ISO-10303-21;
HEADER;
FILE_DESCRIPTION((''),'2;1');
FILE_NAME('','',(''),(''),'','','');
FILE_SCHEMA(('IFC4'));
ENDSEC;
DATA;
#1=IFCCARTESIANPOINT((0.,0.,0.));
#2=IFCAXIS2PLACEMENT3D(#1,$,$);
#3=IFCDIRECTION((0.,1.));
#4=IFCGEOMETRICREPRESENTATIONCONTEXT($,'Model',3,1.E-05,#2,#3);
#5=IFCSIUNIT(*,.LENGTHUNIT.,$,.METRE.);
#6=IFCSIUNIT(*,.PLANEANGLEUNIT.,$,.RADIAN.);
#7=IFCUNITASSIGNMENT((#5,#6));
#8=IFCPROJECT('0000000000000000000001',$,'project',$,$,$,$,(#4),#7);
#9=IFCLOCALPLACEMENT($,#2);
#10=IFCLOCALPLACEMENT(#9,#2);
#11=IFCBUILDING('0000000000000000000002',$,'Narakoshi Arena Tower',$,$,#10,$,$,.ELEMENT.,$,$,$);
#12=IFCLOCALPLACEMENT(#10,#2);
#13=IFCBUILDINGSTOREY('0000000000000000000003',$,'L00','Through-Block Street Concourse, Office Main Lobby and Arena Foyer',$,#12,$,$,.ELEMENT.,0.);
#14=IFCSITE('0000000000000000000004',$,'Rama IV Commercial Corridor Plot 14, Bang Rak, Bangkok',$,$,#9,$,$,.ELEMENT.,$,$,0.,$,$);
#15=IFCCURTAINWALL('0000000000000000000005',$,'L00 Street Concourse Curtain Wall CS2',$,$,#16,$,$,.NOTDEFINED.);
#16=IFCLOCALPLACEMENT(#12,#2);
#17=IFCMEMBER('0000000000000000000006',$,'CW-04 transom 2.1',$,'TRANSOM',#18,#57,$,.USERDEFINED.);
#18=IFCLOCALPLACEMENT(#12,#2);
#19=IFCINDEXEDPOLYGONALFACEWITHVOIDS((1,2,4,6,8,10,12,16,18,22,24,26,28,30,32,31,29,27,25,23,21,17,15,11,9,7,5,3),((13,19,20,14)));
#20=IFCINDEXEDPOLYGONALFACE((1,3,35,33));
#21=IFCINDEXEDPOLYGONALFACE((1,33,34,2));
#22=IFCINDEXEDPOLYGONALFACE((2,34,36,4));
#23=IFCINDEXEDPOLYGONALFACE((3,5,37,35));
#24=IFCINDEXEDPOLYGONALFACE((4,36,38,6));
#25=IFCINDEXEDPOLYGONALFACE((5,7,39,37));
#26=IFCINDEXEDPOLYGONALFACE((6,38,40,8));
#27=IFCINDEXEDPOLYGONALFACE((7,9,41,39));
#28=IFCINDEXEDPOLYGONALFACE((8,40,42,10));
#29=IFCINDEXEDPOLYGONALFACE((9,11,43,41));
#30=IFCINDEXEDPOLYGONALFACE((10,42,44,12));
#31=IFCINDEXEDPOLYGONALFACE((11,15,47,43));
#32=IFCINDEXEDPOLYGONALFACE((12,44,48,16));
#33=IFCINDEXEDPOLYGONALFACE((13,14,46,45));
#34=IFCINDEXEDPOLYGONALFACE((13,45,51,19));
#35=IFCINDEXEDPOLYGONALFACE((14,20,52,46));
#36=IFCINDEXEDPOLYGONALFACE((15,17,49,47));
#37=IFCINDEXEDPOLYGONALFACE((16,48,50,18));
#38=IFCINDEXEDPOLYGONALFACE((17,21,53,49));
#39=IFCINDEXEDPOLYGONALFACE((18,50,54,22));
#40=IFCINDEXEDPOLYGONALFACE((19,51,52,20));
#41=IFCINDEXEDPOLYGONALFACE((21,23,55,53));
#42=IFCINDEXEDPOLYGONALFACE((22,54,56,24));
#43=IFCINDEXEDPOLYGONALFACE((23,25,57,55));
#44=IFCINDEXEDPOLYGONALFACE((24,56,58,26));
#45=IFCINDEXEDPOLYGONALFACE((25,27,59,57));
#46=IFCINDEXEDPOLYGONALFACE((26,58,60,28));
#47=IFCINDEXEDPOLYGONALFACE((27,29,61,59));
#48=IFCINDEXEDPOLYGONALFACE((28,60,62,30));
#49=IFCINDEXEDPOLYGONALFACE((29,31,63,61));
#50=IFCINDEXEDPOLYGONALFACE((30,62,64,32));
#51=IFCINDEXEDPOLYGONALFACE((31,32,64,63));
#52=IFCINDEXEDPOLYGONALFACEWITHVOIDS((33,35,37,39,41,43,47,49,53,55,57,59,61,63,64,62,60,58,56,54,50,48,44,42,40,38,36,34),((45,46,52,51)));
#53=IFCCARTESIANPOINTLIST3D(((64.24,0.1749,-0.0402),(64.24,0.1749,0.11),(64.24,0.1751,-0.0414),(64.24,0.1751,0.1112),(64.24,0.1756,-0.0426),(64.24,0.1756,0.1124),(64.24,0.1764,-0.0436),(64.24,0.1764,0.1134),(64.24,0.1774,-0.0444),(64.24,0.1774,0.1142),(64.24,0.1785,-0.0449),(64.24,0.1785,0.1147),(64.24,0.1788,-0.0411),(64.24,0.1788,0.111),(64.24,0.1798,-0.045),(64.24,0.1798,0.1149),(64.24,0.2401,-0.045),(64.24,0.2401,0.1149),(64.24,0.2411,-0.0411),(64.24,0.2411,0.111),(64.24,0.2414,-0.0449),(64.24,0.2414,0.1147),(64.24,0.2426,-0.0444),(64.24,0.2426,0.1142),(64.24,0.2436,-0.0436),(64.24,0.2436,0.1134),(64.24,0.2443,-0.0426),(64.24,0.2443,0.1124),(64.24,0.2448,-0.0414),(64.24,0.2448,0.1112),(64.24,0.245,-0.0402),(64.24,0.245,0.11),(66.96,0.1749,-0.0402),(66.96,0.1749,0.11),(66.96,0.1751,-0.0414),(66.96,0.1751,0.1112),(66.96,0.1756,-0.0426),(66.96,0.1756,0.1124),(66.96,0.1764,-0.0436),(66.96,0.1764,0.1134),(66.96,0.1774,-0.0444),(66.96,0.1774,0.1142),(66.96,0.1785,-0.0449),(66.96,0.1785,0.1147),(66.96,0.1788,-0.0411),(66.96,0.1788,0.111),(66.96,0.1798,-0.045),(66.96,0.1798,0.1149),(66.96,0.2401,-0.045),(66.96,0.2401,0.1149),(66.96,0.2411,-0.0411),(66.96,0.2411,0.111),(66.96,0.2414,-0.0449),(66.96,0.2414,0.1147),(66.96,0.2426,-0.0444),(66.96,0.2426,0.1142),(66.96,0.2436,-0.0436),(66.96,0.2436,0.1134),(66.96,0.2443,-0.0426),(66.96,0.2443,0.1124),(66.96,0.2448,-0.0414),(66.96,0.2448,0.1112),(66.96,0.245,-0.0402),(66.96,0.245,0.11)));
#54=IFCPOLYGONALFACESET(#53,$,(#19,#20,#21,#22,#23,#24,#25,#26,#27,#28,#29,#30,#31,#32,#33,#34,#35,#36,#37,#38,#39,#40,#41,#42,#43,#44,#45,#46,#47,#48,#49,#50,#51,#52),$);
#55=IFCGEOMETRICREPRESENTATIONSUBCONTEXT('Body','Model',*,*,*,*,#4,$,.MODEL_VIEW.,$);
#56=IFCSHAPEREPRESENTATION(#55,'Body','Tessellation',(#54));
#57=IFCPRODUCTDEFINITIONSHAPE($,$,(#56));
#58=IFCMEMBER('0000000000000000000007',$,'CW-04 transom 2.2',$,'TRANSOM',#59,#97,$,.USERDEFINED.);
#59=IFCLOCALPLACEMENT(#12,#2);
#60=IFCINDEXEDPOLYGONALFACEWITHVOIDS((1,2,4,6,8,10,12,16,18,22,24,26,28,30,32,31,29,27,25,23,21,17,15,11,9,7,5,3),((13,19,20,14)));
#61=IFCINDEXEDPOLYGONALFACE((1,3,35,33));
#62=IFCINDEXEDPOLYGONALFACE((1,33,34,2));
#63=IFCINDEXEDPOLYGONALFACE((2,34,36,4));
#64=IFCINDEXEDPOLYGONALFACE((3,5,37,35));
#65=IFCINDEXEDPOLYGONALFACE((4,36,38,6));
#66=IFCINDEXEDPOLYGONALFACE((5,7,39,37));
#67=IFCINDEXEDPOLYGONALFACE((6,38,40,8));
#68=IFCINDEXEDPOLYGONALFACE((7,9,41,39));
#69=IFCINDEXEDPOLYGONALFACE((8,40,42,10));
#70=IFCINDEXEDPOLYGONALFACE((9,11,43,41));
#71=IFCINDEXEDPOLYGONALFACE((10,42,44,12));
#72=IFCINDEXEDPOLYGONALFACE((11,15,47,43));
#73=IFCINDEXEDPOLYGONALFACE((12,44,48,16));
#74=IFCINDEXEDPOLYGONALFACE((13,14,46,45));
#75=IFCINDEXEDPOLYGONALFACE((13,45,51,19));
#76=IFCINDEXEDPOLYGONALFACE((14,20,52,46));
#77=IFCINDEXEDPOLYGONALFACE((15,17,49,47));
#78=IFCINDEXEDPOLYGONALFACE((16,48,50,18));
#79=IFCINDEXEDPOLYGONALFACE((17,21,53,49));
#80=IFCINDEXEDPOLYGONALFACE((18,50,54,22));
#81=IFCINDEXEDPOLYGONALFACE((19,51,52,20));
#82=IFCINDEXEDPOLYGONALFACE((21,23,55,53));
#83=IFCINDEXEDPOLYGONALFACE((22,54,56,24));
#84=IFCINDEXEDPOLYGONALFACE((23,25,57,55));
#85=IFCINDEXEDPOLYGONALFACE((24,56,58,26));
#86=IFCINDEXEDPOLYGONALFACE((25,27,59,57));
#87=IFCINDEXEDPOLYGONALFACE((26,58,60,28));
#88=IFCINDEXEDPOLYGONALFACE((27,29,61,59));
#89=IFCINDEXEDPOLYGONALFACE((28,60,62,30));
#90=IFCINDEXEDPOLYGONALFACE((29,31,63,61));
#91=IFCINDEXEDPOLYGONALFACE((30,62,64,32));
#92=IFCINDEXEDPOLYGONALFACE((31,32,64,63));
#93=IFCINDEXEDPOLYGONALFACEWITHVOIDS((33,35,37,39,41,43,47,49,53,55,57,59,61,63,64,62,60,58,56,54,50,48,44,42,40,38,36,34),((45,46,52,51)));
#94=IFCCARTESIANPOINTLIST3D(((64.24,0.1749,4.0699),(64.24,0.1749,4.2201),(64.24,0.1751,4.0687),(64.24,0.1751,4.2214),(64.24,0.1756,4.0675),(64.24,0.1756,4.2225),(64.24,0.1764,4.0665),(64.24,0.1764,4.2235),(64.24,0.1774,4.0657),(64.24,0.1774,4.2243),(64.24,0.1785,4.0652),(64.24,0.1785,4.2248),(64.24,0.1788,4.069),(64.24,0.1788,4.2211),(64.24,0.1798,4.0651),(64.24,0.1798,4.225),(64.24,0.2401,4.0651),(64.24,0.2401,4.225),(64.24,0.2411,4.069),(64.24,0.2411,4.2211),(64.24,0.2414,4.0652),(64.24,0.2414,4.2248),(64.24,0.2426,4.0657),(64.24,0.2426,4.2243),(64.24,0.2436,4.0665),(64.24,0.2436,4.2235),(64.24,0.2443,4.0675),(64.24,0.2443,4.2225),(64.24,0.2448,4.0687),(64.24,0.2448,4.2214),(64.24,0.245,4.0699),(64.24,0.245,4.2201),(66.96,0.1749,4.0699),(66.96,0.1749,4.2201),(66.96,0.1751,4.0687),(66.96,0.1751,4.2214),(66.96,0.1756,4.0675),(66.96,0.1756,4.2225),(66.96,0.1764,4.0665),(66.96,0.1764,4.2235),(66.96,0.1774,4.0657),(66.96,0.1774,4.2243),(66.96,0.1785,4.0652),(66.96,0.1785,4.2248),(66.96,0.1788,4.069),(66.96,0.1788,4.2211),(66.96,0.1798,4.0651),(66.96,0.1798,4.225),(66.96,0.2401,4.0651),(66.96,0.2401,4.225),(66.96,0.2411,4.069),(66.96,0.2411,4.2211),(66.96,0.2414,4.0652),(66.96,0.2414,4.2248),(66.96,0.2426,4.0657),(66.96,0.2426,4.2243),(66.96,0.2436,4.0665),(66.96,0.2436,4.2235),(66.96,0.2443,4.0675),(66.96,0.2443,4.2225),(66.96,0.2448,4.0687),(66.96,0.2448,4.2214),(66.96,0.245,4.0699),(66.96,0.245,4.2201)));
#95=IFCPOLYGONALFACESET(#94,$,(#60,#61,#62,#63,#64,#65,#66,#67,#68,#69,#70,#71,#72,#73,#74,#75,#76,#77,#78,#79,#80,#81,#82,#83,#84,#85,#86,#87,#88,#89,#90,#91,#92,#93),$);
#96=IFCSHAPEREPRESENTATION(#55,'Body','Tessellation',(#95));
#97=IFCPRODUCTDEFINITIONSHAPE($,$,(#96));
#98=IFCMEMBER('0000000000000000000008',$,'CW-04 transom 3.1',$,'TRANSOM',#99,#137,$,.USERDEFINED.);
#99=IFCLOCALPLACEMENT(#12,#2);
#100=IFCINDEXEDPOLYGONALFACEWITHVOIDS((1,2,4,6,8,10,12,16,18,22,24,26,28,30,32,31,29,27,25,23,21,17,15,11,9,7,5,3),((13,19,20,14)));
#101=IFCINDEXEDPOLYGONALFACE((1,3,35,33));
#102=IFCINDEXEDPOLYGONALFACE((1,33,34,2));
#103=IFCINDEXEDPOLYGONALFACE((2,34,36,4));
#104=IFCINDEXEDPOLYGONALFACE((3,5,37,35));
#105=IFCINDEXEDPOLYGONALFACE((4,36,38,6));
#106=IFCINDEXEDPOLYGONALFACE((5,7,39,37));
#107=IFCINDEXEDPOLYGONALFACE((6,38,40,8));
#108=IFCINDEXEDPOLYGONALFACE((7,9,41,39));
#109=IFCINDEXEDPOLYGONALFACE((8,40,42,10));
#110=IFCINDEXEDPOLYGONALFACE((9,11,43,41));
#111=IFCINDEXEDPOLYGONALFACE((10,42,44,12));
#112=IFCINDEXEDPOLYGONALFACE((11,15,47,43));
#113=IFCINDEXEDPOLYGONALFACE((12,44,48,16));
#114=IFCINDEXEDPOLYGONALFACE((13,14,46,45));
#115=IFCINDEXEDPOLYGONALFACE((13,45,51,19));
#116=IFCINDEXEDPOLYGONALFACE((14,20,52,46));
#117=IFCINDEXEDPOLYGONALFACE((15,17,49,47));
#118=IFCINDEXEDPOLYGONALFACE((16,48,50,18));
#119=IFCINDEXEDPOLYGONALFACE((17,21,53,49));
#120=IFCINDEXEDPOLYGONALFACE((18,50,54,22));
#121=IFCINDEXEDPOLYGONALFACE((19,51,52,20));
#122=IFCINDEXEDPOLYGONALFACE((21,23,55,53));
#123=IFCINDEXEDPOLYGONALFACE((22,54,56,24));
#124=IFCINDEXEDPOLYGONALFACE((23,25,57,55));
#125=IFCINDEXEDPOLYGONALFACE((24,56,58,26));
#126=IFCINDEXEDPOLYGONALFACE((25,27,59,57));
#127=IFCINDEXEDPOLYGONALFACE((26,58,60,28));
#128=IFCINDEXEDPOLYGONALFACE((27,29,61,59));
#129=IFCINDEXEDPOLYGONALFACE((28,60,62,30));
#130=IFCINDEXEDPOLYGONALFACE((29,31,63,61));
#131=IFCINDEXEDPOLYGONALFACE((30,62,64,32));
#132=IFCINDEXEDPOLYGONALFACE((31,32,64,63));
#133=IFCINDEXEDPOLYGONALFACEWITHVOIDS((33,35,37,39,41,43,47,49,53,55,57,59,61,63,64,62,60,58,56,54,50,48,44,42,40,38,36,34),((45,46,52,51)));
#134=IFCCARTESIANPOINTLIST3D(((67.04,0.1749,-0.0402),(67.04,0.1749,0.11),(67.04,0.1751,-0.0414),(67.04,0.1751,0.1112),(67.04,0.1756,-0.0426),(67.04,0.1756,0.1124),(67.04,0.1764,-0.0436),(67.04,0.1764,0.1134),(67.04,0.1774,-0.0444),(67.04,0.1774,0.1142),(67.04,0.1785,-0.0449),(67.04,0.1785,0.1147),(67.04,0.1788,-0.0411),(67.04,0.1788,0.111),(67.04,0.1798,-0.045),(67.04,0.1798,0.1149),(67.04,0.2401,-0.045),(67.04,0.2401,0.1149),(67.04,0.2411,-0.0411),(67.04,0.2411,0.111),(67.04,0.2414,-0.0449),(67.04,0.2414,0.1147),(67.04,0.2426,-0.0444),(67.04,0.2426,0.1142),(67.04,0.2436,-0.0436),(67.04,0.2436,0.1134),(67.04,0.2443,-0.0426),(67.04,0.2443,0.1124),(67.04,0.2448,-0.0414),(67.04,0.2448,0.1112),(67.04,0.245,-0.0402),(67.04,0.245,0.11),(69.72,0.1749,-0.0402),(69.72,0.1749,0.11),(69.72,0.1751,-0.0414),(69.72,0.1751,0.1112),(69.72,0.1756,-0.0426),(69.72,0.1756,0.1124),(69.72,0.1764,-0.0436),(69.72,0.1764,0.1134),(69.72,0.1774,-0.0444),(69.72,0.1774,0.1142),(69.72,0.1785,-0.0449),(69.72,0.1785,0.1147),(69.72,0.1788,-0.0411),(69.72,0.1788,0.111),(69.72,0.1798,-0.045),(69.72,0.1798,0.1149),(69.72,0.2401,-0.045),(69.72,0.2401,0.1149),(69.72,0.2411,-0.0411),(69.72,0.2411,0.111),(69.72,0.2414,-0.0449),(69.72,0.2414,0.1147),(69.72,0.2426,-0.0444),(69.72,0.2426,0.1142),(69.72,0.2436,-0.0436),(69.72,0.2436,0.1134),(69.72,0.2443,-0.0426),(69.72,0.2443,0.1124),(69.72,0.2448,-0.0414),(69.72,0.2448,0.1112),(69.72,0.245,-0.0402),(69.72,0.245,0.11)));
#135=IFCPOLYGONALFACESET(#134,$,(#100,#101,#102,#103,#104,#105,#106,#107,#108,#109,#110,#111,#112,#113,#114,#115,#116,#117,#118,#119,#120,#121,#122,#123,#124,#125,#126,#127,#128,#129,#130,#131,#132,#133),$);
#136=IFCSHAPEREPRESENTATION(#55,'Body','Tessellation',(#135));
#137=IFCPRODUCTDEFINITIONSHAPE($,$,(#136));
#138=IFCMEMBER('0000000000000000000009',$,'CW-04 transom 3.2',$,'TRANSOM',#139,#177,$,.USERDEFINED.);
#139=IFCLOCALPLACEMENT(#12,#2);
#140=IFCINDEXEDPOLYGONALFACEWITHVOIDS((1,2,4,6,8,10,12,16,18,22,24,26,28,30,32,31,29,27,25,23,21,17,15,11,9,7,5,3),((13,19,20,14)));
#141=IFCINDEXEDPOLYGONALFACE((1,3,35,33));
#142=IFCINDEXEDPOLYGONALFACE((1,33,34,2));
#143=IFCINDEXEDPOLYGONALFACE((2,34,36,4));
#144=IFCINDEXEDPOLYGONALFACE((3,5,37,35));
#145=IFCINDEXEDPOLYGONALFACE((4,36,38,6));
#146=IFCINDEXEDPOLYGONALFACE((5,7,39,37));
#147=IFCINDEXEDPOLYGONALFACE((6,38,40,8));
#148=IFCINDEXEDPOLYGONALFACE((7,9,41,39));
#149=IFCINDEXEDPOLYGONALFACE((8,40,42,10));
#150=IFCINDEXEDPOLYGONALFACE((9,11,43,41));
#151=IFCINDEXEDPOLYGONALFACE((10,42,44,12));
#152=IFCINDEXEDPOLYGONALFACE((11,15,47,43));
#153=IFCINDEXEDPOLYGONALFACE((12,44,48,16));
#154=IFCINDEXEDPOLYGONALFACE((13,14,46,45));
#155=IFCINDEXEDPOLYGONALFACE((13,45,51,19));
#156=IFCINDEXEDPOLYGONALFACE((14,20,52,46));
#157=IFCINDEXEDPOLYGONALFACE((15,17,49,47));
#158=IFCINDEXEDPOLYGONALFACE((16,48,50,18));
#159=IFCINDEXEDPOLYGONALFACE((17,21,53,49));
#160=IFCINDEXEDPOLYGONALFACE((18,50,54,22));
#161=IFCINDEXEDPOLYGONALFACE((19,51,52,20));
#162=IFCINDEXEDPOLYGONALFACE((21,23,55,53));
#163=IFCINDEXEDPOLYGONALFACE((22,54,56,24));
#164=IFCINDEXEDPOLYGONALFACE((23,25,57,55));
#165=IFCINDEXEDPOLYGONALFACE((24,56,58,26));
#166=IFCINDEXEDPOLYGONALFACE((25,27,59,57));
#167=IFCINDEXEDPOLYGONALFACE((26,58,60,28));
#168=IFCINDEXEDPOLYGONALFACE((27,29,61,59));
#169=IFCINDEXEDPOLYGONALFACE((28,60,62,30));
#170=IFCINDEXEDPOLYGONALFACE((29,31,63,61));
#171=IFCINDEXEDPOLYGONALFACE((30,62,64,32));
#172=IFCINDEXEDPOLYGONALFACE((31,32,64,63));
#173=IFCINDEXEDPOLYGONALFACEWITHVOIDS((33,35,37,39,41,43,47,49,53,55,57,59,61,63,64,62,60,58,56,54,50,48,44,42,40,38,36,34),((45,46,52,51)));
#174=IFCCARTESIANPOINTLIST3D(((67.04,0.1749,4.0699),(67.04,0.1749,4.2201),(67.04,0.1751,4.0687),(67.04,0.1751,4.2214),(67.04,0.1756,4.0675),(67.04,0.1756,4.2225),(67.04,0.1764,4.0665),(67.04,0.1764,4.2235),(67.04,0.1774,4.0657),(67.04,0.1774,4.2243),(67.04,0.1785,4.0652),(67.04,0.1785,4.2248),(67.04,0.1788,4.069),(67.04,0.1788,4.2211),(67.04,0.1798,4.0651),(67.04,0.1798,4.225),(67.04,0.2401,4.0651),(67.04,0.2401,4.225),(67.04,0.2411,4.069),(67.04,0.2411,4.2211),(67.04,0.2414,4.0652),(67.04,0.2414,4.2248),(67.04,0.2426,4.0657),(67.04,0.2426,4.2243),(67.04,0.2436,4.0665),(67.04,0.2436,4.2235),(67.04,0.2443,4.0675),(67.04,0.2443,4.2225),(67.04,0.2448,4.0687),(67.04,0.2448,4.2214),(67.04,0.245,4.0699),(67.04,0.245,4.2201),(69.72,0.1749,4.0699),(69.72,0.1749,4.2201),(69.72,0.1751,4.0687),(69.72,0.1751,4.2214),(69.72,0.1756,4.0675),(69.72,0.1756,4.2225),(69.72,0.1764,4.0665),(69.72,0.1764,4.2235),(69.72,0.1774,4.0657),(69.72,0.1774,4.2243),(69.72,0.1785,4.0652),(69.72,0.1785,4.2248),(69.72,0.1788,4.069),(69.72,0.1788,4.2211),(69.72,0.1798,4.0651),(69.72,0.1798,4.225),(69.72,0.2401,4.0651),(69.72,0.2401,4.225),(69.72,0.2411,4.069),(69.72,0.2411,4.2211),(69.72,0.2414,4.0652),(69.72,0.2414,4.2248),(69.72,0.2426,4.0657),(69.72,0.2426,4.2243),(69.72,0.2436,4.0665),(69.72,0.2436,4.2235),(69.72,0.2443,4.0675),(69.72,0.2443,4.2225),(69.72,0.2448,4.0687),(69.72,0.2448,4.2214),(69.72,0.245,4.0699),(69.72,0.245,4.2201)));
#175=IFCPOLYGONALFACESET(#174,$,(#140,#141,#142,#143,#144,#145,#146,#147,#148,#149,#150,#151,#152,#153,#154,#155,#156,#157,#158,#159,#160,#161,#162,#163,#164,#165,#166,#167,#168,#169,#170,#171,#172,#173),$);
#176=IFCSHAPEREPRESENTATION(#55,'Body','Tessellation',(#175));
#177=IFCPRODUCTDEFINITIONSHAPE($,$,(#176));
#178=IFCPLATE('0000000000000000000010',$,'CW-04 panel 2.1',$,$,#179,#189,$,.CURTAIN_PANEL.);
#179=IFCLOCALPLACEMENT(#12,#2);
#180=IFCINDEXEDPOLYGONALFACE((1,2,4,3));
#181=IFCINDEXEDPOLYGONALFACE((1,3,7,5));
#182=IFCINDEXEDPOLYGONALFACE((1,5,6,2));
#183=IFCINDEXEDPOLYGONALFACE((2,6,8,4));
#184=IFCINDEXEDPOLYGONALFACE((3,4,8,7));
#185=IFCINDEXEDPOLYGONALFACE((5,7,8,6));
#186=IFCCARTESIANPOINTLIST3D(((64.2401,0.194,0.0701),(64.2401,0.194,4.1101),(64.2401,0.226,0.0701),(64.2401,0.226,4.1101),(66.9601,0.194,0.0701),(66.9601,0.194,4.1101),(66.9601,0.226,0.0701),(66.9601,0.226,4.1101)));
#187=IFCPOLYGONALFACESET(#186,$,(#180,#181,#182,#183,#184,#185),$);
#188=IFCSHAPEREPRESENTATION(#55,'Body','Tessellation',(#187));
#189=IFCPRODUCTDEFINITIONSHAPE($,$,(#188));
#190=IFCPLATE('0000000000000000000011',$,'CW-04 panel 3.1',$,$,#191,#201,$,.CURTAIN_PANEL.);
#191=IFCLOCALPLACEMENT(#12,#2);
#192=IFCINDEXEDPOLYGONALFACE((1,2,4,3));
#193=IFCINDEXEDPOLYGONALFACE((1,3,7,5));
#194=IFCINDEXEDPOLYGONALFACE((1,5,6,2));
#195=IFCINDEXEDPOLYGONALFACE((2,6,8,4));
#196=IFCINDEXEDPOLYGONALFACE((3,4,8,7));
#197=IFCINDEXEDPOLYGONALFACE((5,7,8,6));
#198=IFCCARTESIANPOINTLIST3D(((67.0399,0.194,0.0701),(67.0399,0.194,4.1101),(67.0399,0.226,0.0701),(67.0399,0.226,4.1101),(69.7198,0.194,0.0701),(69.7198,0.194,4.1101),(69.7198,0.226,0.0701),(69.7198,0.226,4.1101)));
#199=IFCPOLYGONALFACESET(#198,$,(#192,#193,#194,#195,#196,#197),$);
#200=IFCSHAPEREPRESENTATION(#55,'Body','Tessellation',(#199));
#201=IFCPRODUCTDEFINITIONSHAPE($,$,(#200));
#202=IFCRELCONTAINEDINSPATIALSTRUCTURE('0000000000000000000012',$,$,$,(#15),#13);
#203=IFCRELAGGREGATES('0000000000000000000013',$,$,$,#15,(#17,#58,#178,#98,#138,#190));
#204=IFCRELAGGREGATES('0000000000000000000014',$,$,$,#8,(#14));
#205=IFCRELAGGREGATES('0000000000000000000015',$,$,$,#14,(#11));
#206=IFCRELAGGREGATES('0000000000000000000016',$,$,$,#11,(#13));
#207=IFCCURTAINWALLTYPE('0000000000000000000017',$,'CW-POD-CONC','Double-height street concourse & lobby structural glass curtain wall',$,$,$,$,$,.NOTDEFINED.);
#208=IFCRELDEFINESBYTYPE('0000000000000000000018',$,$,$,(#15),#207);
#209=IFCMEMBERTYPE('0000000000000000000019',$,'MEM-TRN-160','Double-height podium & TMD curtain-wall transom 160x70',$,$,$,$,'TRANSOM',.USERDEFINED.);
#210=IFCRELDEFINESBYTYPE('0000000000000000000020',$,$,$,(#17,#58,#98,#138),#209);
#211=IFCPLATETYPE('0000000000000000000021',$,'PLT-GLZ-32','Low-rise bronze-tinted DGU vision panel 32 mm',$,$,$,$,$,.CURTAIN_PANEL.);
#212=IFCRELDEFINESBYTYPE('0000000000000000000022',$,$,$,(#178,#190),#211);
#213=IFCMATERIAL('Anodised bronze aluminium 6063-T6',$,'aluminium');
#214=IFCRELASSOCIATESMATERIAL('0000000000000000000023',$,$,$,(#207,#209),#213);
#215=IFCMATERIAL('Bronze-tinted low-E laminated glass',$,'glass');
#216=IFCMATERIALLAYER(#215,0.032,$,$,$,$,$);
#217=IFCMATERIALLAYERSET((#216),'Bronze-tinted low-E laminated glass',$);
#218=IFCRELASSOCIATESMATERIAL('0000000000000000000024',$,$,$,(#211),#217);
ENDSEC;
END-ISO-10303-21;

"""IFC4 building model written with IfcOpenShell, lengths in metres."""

from ifc_helpers import new_model, si_unit, direction, frame, origin, origin_2d, place, context, subcontext, project, spatial, rectangle, hollow_rectangle, extrude, material, layer, layer_set, material_profile, profile_set, type_object, element, aggregate, save


model = new_model("IFC4")

# Units and contexts
model_context = context("Model", 3, precision=1e-05, world=origin(), true_north=direction((0.0, 1.0)))
body_context = subcontext(model_context, "Body", "Model", "MODEL_VIEW")
ifc_project = project(units=[si_unit("LENGTHUNIT", "METRE"), si_unit("PLANEANGLEUNIT", "RADIAN")], contexts=[model_context])

# Site, building, storey
site_placement = place(None, origin())
site = spatial("IfcSite", under=ifc_project, at=site_placement, Name="Rama IV Commercial Corridor Plot 14, Bang Rak, Bangkok", CompositionType="ELEMENT", RefElevation=0.0)
building_placement = place(site_placement, origin())
building = spatial("IfcBuilding", under=site, at=building_placement, Name="Narakoshi Arena Tower", CompositionType="ELEMENT")
storey_placement = place(building_placement, origin())
storey = spatial("IfcBuildingStorey", under=building, at=storey_placement, Name="L00", Description="Through-Block Street Concourse, Office Main Lobby and Arena Foyer", CompositionType="ELEMENT", Elevation=0.0)

# Curtain wall, members, plates
ifc_material_1 = material(Name="Anodised bronze aluminium 6063-T6", Category="aluminium")
curtain_wall_type = type_object("IfcCurtainWallType", Name="CW-POD-CONC", Description="Double-height street concourse & lobby structural glass curtain wall", PredefinedType="NOTDEFINED", material=ifc_material_1)
curtain_wall_placement = place(storey_placement, origin())
curtain_wall = element("IfcCurtainWall", 1, at=curtain_wall_placement, inside=storey, type_object=curtain_wall_type, Name="L00 Street Concourse Curtain Wall CS2", PredefinedType="NOTDEFINED")
ifc_material_profile_1 = material_profile(ifc_material_1, hollow_rectangle(XDim=0.0701, YDim=0.1599, WallThickness=0.0039, OuterFilletRadius=0.0049, at=origin_2d()), Name="TRN160x70x4")
ifc_profile_set_1 = profile_set([ifc_material_profile_1], Name="Anodised bronze aluminium 6063-T6")
member_type_1 = type_object("IfcMemberType", Name="MEM-TRN-160", Description="Double-height podium & TMD curtain-wall transom 160x70", ElementType="TRANSOM", PredefinedType="USERDEFINED", material=ifc_profile_set_1)
member_1_placement = place(storey_placement, frame((64.24, 0.21, 0.0349), z_axis=(1.0, 0.0, 0.0), x_axis=(0.0, 1.0, 0.0)))
member_1 = element("IfcMember", 2, at=member_1_placement, type_object=member_type_1, Name="CW-04 transom 2.1", ObjectType="TRANSOM", PredefinedType="USERDEFINED", context=body_context, shape_type="SweptSolid", body=[
    extrude(hollow_rectangle(XDim=0.0701, YDim=0.1599, WallThickness=0.0039, OuterFilletRadius=0.0049, at=origin_2d()), origin(), (0.0, 0.0, 1.0), 2.72),
])
member_2_placement = place(storey_placement, frame((64.24, 0.21, 4.145), z_axis=(1.0, 0.0, 0.0), x_axis=(0.0, 1.0, 0.0)))
member_2 = element("IfcMember", 3, at=member_2_placement, type_object=member_type_1, Name="CW-04 transom 2.2", ObjectType="TRANSOM", PredefinedType="USERDEFINED", context=body_context, shape_type="SweptSolid", body=[
    extrude(hollow_rectangle(XDim=0.0701, YDim=0.1599, WallThickness=0.0039, OuterFilletRadius=0.0049, at=origin_2d()), origin(), (0.0, 0.0, 1.0), 2.72),
])
member_3_placement = place(storey_placement, frame((67.04, 0.21, 0.0349), z_axis=(1.0, 0.0, 0.0), x_axis=(0.0, 1.0, 0.0)))
member_3 = element("IfcMember", 4, at=member_3_placement, type_object=member_type_1, Name="CW-04 transom 3.1", ObjectType="TRANSOM", PredefinedType="USERDEFINED", context=body_context, shape_type="SweptSolid", body=[
    extrude(hollow_rectangle(XDim=0.0701, YDim=0.1599, WallThickness=0.0039, OuterFilletRadius=0.0049, at=origin_2d()), origin(), (0.0, 0.0, 1.0), 2.6799),
])
member_4_placement = place(storey_placement, frame((67.04, 0.21, 4.145), z_axis=(1.0, 0.0, 0.0), x_axis=(0.0, 1.0, 0.0)))
member_4 = element("IfcMember", 5, at=member_4_placement, type_object=member_type_1, Name="CW-04 transom 3.2", ObjectType="TRANSOM", PredefinedType="USERDEFINED", context=body_context, shape_type="SweptSolid", body=[
    extrude(hollow_rectangle(XDim=0.0701, YDim=0.1599, WallThickness=0.0039, OuterFilletRadius=0.0049, at=origin_2d()), origin(), (0.0, 0.0, 1.0), 2.6799),
])
ifc_material_2 = material(Name="Bronze-tinted low-E laminated glass", Category="glass")
ifc_layer_1 = layer(ifc_material_2, 0.032)
ifc_layer_set_1 = layer_set([ifc_layer_1], Name="Bronze-tinted low-E laminated glass")
plate_type = type_object("IfcPlateType", Name="PLT-GLZ-32", Description="Low-rise bronze-tinted DGU vision panel 32 mm", PredefinedType="CURTAIN_PANEL", material=ifc_layer_set_1)
plate_1_placement = place(storey_placement, frame((65.6001, 0.21, 0.0701), z_axis=(0.0, 0.0, 1.0), x_axis=(1.0, 0.0, 0.0)))
plate_1 = element("IfcPlate", 6, at=plate_1_placement, type_object=plate_type, Name="CW-04 panel 2.1", PredefinedType="CURTAIN_PANEL", context=body_context, shape_type="SweptSolid", body=[
    extrude(rectangle(XDim=2.72, YDim=0.032, at=origin_2d()), origin(), (0.0, 0.0, 1.0), 4.04),
])
plate_2_placement = place(storey_placement, frame((68.3799, 0.21, 0.0701), z_axis=(0.0, 0.0, 1.0), x_axis=(1.0, 0.0, 0.0)))
plate_2 = element("IfcPlate", 7, at=plate_2_placement, type_object=plate_type, Name="CW-04 panel 3.1", PredefinedType="CURTAIN_PANEL", context=body_context, shape_type="SweptSolid", body=[
    extrude(rectangle(XDim=2.6799, YDim=0.032, at=origin_2d()), origin(), (0.0, 0.0, 1.0), 4.04),
])
aggregate(curtain_wall, [member_1, member_2, plate_1, member_3, member_4, plate_2])

save(model, "model.ifc")
